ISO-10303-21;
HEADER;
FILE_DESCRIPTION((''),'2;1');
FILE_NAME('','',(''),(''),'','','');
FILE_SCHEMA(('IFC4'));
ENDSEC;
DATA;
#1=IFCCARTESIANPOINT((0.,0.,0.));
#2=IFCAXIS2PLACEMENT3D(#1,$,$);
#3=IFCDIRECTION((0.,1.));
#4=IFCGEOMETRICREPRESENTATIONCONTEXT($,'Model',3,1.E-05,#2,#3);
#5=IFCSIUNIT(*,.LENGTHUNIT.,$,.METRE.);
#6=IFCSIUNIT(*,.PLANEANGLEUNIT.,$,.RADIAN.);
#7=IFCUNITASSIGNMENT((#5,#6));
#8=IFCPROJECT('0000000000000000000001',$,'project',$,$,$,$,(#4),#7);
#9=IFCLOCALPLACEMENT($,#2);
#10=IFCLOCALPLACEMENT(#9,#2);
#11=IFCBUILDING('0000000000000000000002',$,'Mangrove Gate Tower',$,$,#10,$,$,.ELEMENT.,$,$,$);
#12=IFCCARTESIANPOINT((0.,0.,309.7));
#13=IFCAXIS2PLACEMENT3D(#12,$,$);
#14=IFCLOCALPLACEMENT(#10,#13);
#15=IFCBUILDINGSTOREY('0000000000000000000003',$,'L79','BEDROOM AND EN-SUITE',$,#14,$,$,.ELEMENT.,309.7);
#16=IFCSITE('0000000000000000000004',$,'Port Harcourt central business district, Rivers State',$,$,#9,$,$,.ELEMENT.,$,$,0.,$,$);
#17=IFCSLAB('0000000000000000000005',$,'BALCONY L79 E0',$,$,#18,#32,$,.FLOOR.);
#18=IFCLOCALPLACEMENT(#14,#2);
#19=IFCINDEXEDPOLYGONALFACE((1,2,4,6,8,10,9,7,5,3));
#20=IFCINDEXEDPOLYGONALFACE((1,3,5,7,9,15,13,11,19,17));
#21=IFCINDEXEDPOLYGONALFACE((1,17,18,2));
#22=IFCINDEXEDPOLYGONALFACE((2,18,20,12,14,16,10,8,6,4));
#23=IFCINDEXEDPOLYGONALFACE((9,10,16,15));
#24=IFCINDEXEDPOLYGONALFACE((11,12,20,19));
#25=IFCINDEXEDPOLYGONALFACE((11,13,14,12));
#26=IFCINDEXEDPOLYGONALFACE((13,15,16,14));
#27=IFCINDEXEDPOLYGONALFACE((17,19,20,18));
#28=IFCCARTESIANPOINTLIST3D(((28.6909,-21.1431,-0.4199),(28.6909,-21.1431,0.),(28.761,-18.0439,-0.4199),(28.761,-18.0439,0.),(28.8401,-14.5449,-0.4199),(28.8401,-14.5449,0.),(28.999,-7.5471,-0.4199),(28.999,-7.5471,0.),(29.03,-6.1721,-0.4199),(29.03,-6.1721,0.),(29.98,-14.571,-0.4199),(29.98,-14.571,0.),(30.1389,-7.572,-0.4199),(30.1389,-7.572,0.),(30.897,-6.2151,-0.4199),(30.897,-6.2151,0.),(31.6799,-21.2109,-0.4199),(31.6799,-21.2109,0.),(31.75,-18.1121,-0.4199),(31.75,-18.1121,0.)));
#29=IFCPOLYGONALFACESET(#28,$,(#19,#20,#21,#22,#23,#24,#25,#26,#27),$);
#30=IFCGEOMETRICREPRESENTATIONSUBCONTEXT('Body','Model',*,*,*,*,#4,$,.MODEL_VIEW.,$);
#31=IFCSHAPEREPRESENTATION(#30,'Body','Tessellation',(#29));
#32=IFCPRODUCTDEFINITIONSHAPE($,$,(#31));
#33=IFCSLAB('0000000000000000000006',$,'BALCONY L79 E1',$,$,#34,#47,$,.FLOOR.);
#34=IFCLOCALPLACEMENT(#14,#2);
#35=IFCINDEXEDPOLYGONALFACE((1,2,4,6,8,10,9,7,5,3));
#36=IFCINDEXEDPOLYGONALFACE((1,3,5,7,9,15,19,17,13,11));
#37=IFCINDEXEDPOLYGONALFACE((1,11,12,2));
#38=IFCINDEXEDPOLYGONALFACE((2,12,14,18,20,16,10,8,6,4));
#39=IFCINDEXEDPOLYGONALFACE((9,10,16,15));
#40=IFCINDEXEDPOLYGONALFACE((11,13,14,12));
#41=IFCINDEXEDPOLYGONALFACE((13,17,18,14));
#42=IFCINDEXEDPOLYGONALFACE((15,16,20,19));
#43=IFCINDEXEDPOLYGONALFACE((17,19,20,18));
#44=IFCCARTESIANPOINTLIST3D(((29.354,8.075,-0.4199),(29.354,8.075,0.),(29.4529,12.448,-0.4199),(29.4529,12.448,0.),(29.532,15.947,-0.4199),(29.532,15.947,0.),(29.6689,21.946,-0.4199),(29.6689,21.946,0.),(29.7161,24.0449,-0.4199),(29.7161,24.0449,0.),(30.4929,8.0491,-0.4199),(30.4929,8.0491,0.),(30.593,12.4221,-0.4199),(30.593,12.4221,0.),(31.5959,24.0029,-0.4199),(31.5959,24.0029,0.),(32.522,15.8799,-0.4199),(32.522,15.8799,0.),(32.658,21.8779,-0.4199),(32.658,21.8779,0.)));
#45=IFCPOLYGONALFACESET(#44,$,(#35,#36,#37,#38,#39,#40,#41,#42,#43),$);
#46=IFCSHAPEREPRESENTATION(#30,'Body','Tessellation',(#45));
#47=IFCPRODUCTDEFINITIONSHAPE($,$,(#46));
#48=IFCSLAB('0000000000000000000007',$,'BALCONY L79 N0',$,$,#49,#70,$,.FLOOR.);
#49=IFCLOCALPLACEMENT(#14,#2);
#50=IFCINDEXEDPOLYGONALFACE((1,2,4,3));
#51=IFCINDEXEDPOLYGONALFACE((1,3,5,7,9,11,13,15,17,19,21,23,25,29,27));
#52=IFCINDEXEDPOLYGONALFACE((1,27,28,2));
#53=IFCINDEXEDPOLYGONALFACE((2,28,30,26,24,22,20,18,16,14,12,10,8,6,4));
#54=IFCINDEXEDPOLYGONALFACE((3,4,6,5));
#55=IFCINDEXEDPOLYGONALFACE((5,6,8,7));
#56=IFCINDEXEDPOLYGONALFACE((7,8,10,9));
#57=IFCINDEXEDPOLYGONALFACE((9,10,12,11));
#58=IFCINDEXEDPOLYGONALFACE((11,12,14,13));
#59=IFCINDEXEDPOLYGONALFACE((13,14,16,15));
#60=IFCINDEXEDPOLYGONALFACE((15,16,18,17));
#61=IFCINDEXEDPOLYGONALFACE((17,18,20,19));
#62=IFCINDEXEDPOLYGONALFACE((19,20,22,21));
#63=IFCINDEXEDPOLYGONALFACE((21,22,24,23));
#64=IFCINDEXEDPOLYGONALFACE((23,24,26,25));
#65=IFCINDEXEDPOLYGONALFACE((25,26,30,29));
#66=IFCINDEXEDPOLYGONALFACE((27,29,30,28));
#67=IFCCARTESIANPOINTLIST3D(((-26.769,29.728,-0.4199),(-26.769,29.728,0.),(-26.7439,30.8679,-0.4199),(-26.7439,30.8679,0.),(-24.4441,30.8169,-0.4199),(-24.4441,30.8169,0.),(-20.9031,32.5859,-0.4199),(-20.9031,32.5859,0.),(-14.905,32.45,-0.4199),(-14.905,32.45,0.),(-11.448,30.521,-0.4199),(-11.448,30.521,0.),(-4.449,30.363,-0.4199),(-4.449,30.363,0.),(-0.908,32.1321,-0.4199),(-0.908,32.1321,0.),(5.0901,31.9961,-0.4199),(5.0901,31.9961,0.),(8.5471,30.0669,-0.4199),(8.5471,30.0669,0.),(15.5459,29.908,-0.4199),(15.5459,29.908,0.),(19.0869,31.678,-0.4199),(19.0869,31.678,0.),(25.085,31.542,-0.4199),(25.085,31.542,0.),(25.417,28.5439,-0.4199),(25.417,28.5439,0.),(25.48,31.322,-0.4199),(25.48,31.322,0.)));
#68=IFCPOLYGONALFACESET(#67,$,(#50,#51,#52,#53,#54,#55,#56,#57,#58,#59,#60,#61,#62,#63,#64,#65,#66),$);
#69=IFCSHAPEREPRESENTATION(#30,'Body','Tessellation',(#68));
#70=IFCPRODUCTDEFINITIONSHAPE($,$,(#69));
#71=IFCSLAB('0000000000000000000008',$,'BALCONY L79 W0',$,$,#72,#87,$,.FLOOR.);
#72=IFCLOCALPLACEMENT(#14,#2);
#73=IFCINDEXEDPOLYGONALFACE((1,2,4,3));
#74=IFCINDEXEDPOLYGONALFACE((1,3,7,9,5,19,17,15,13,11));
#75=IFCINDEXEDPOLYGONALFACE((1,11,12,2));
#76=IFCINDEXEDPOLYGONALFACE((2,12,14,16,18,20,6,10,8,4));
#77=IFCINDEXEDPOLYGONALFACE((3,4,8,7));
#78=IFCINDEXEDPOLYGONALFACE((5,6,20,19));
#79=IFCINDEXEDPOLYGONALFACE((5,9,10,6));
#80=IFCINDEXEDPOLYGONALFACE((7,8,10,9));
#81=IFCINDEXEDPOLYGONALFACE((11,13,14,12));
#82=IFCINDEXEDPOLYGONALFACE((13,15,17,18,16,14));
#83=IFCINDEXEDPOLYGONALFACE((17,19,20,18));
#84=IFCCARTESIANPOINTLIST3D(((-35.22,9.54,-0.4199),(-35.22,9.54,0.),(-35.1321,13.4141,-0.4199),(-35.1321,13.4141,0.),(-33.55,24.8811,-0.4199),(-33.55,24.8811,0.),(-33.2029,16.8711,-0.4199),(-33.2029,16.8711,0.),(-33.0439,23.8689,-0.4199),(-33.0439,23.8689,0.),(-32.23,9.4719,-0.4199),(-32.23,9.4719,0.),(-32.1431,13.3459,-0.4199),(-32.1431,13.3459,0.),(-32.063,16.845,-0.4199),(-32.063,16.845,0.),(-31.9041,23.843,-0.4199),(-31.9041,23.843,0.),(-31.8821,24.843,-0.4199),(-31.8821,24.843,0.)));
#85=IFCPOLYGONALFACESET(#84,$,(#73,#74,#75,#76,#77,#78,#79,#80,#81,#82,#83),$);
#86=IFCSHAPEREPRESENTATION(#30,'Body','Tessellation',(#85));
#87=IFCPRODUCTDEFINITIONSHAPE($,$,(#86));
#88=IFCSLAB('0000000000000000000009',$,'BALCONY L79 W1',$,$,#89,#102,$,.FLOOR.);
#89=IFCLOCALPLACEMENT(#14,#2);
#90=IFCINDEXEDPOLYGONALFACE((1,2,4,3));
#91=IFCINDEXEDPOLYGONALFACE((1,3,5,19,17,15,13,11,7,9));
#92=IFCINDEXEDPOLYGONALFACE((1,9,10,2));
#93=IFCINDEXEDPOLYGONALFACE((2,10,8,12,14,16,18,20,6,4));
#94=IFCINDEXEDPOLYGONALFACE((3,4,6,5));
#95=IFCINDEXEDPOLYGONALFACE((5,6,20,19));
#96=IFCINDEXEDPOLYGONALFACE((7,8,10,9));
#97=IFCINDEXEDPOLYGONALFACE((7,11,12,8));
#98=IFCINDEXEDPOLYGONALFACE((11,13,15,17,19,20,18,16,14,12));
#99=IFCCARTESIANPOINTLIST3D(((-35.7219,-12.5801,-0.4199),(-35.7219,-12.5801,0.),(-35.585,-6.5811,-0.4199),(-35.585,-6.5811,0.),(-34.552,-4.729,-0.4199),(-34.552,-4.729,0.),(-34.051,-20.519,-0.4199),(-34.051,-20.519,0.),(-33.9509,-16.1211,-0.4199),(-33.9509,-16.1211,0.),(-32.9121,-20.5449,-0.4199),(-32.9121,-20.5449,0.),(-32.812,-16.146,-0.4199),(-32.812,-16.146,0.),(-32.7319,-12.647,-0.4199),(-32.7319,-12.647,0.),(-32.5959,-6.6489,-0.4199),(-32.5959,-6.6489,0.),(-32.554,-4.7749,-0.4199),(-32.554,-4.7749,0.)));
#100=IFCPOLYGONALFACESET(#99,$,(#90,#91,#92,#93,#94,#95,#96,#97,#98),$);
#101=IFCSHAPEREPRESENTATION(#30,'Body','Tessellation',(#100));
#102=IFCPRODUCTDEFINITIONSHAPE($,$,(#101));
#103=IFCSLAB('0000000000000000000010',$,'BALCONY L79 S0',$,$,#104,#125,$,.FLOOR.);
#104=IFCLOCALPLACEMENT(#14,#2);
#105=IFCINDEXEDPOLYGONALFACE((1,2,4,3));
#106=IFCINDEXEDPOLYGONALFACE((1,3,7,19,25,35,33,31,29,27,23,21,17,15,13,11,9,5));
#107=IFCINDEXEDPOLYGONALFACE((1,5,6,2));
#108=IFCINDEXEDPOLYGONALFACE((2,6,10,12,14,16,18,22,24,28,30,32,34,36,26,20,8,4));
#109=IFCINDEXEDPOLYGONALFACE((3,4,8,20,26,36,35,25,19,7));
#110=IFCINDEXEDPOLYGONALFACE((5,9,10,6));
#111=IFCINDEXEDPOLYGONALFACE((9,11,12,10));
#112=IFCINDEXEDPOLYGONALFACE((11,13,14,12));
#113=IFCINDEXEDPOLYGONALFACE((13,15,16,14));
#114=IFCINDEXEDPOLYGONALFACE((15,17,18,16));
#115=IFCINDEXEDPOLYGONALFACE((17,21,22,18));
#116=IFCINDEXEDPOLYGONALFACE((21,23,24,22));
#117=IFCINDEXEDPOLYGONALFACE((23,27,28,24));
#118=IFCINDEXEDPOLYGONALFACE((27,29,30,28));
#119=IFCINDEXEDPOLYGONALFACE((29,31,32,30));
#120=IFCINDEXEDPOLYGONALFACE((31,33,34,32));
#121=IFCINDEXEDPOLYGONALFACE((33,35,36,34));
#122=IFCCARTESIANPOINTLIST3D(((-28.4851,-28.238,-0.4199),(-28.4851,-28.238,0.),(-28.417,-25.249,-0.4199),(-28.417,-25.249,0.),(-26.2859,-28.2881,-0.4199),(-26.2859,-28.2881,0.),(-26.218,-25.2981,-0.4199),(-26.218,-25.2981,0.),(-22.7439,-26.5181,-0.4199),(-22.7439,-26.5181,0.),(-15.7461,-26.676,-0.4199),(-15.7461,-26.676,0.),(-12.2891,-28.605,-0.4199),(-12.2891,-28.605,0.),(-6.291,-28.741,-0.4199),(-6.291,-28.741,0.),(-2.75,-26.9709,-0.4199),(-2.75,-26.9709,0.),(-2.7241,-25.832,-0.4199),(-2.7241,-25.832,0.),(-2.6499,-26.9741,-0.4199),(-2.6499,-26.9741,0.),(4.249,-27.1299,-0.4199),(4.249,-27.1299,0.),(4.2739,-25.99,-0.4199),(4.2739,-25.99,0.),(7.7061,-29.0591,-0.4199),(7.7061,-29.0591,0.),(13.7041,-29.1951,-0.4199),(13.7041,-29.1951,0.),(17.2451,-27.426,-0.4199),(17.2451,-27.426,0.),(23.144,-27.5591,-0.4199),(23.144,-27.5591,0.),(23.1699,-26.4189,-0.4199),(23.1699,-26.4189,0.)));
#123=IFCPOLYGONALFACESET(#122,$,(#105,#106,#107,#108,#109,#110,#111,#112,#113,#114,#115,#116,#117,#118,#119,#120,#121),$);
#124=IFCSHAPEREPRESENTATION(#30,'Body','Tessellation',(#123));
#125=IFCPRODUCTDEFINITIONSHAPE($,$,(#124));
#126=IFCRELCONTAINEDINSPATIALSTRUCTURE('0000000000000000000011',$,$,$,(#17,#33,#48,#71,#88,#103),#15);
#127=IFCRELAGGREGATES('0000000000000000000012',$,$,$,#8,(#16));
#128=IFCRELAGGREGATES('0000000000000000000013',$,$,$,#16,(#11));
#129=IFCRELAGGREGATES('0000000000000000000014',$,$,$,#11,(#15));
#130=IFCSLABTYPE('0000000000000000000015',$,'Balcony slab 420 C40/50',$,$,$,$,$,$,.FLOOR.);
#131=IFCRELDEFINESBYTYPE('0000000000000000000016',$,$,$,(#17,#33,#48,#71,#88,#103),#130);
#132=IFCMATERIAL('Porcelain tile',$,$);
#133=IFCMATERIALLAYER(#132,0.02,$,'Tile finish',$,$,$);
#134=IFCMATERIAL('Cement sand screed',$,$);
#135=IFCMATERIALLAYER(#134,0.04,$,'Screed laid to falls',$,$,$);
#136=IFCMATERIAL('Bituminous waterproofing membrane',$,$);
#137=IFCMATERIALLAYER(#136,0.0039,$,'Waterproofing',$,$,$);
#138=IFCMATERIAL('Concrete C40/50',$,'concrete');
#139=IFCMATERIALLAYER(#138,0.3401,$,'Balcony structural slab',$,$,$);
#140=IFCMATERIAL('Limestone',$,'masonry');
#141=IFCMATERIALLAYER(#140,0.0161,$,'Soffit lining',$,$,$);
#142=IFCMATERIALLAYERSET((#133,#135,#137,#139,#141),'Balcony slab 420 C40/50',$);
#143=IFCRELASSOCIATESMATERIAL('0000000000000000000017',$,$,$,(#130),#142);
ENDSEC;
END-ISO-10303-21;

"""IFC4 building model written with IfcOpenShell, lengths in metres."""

from ifc_helpers import new_model, si_unit, direction, frame, origin, place, context, subcontext, project, spatial, polyline, outline, extrude, material, layer, layer_set, type_object, element, save


model = new_model("IFC4")

# Units and contexts
model_context = context("Model", 3, precision=1e-05, world=origin(), true_north=direction((0.0, 1.0)))
body_context = subcontext(model_context, "Body", "Model", "MODEL_VIEW")
ifc_project = project(units=[si_unit("LENGTHUNIT", "METRE"), si_unit("PLANEANGLEUNIT", "RADIAN")], contexts=[model_context])

# Site, building, storey
site_placement = place(None, origin())
site = spatial("IfcSite", under=ifc_project, at=site_placement, Name="Port Harcourt central business district, Rivers State", CompositionType="ELEMENT", RefElevation=0.0)
building_placement = place(site_placement, origin())
building = spatial("IfcBuilding", under=site, at=building_placement, Name="Mangrove Gate Tower", CompositionType="ELEMENT")
storey_placement = place(building_placement, frame((0.0, 0.0, 309.7)))
storey = spatial("IfcBuildingStorey", under=building, at=storey_placement, Name="L79", Description="BEDROOM AND EN-SUITE", CompositionType="ELEMENT", Elevation=309.7)

# Slabs
ifc_material_1 = material(Name="Porcelain tile")
ifc_layer_1 = layer(ifc_material_1, 0.02, Name="Tile finish")
ifc_material_2 = material(Name="Cement sand screed")
ifc_layer_2 = layer(ifc_material_2, 0.04, Name="Screed laid to falls")
ifc_material_3 = material(Name="Bituminous waterproofing membrane")
ifc_layer_3 = layer(ifc_material_3, 0.0039, Name="Waterproofing")
ifc_material_4 = material(Name="Concrete C40/50", Category="concrete")
ifc_layer_4 = layer(ifc_material_4, 0.3401, Name="Balcony structural slab")
ifc_material_5 = material(Name="Limestone", Category="masonry")
ifc_layer_5 = layer(ifc_material_5, 0.0161, Name="Soffit lining")
ifc_layer_set_1 = layer_set([ifc_layer_1, ifc_layer_2, ifc_layer_3, ifc_layer_4, ifc_layer_5], Name="Balcony slab 420 C40/50")
slab_type_1 = type_object("IfcSlabType", Name="Balcony slab 420 C40/50", PredefinedType="FLOOR", material=ifc_layer_set_1)
slab_1_placement = place(storey_placement, frame((0.0, 0.0, -0.4199)))
element("IfcSlab", 1, at=slab_1_placement, inside=storey, type_object=slab_type_1, Name="BALCONY L79 E0", PredefinedType="FLOOR", context=body_context, shape_type="SweptSolid", body=[
    extrude(outline(polyline([(31.6799, -21.2109), (31.75, -18.1121), (29.98, -14.571), (30.1389, -7.572), (30.897, -6.2151), (29.03, -6.1721), (28.999, -7.5471), (28.8401, -14.5449), (28.761, -18.0439), (28.6909, -21.1431), (31.6799, -21.2109)])), origin(), (0.0, 0.0, 1.0), 0.4199),
])
slab_2_placement = place(storey_placement, frame((0.0, 0.0, -0.4199)))
element("IfcSlab", 2, at=slab_2_placement, inside=storey, type_object=slab_type_1, Name="BALCONY L79 E1", PredefinedType="FLOOR", context=body_context, shape_type="SweptSolid", body=[
    extrude(outline(polyline([(30.4929, 8.0491), (30.593, 12.4221), (32.522, 15.8799), (32.658, 21.8779), (31.5959, 24.0029), (29.7161, 24.0449), (29.6689, 21.946), (29.532, 15.947), (29.4529, 12.448), (29.354, 8.075), (30.4929, 8.0491)])), origin(), (0.0, 0.0, 1.0), 0.4199),
])
slab_3_placement = place(storey_placement, frame((0.0, 0.0, -0.4199)))
element("IfcSlab", 3, at=slab_3_placement, inside=storey, type_object=slab_type_1, Name="BALCONY L79 N0", PredefinedType="FLOOR", context=body_context, shape_type="SweptSolid", body=[
    extrude(outline(polyline([(25.48, 31.322), (25.085, 31.542), (19.0869, 31.678), (15.5459, 29.908), (8.5471, 30.0669), (5.0901, 31.9961), (-0.908, 32.1321), (-4.449, 30.363), (-11.448, 30.521), (-14.905, 32.45), (-20.9031, 32.5859), (-24.4441, 30.8169), (-26.7439, 30.8679), (-26.769, 29.728), (25.417, 28.5439), (25.48, 31.322)])), origin(), (0.0, 0.0, 1.0), 0.4199),
])
slab_4_placement = place(storey_placement, frame((0.0, 0.0, -0.4199)))
element("IfcSlab", 4, at=slab_4_placement, inside=storey, type_object=slab_type_1, Name="BALCONY L79 W0", PredefinedType="FLOOR", context=body_context, shape_type="SweptSolid", body=[
    extrude(outline(polyline([(-33.55, 24.8811), (-33.0439, 23.8689), (-33.2029, 16.8711), (-35.1321, 13.4141), (-35.22, 9.54), (-32.23, 9.4719), (-32.1431, 13.3459), (-32.063, 16.845), (-31.9041, 23.843), (-31.8821, 24.843), (-33.55, 24.8811)])), origin(), (0.0, 0.0, 1.0), 0.4199),
])
slab_5_placement = place(storey_placement, frame((0.0, 0.0, -0.4199)))
element("IfcSlab", 5, at=slab_5_placement, inside=storey, type_object=slab_type_1, Name="BALCONY L79 W1", PredefinedType="FLOOR", context=body_context, shape_type="SweptSolid", body=[
    extrude(outline(polyline([(-34.552, -4.729), (-35.585, -6.5811), (-35.7219, -12.5801), (-33.9509, -16.1211), (-34.051, -20.519), (-32.9121, -20.5449), (-32.812, -16.146), (-32.7319, -12.647), (-32.5959, -6.6489), (-32.554, -4.7749), (-34.552, -4.729)])), origin(), (0.0, 0.0, 1.0), 0.4199),
])
slab_6_placement = place(storey_placement, frame((0.0, 0.0, -0.4199)))
element("IfcSlab", 6, at=slab_6_placement, inside=storey, type_object=slab_type_1, Name="BALCONY L79 S0", PredefinedType="FLOOR", context=body_context, shape_type="SweptSolid", body=[
    extrude(outline(polyline([(-28.417, -25.249), (-28.4851, -28.238), (-26.2859, -28.2881), (-22.7439, -26.5181), (-15.7461, -26.676), (-12.2891, -28.605), (-6.291, -28.741), (-2.75, -26.9709), (-2.6499, -26.9741), (4.249, -27.1299), (7.7061, -29.0591), (13.7041, -29.1951), (17.2451, -27.426), (23.144, -27.5591), (23.1699, -26.4189), (4.2739, -25.99), (-2.7241, -25.832), (-26.218, -25.2981), (-28.417, -25.249)])), origin(), (0.0, 0.0, 1.0), 0.4199),
])

save(model, "model.ifc")
